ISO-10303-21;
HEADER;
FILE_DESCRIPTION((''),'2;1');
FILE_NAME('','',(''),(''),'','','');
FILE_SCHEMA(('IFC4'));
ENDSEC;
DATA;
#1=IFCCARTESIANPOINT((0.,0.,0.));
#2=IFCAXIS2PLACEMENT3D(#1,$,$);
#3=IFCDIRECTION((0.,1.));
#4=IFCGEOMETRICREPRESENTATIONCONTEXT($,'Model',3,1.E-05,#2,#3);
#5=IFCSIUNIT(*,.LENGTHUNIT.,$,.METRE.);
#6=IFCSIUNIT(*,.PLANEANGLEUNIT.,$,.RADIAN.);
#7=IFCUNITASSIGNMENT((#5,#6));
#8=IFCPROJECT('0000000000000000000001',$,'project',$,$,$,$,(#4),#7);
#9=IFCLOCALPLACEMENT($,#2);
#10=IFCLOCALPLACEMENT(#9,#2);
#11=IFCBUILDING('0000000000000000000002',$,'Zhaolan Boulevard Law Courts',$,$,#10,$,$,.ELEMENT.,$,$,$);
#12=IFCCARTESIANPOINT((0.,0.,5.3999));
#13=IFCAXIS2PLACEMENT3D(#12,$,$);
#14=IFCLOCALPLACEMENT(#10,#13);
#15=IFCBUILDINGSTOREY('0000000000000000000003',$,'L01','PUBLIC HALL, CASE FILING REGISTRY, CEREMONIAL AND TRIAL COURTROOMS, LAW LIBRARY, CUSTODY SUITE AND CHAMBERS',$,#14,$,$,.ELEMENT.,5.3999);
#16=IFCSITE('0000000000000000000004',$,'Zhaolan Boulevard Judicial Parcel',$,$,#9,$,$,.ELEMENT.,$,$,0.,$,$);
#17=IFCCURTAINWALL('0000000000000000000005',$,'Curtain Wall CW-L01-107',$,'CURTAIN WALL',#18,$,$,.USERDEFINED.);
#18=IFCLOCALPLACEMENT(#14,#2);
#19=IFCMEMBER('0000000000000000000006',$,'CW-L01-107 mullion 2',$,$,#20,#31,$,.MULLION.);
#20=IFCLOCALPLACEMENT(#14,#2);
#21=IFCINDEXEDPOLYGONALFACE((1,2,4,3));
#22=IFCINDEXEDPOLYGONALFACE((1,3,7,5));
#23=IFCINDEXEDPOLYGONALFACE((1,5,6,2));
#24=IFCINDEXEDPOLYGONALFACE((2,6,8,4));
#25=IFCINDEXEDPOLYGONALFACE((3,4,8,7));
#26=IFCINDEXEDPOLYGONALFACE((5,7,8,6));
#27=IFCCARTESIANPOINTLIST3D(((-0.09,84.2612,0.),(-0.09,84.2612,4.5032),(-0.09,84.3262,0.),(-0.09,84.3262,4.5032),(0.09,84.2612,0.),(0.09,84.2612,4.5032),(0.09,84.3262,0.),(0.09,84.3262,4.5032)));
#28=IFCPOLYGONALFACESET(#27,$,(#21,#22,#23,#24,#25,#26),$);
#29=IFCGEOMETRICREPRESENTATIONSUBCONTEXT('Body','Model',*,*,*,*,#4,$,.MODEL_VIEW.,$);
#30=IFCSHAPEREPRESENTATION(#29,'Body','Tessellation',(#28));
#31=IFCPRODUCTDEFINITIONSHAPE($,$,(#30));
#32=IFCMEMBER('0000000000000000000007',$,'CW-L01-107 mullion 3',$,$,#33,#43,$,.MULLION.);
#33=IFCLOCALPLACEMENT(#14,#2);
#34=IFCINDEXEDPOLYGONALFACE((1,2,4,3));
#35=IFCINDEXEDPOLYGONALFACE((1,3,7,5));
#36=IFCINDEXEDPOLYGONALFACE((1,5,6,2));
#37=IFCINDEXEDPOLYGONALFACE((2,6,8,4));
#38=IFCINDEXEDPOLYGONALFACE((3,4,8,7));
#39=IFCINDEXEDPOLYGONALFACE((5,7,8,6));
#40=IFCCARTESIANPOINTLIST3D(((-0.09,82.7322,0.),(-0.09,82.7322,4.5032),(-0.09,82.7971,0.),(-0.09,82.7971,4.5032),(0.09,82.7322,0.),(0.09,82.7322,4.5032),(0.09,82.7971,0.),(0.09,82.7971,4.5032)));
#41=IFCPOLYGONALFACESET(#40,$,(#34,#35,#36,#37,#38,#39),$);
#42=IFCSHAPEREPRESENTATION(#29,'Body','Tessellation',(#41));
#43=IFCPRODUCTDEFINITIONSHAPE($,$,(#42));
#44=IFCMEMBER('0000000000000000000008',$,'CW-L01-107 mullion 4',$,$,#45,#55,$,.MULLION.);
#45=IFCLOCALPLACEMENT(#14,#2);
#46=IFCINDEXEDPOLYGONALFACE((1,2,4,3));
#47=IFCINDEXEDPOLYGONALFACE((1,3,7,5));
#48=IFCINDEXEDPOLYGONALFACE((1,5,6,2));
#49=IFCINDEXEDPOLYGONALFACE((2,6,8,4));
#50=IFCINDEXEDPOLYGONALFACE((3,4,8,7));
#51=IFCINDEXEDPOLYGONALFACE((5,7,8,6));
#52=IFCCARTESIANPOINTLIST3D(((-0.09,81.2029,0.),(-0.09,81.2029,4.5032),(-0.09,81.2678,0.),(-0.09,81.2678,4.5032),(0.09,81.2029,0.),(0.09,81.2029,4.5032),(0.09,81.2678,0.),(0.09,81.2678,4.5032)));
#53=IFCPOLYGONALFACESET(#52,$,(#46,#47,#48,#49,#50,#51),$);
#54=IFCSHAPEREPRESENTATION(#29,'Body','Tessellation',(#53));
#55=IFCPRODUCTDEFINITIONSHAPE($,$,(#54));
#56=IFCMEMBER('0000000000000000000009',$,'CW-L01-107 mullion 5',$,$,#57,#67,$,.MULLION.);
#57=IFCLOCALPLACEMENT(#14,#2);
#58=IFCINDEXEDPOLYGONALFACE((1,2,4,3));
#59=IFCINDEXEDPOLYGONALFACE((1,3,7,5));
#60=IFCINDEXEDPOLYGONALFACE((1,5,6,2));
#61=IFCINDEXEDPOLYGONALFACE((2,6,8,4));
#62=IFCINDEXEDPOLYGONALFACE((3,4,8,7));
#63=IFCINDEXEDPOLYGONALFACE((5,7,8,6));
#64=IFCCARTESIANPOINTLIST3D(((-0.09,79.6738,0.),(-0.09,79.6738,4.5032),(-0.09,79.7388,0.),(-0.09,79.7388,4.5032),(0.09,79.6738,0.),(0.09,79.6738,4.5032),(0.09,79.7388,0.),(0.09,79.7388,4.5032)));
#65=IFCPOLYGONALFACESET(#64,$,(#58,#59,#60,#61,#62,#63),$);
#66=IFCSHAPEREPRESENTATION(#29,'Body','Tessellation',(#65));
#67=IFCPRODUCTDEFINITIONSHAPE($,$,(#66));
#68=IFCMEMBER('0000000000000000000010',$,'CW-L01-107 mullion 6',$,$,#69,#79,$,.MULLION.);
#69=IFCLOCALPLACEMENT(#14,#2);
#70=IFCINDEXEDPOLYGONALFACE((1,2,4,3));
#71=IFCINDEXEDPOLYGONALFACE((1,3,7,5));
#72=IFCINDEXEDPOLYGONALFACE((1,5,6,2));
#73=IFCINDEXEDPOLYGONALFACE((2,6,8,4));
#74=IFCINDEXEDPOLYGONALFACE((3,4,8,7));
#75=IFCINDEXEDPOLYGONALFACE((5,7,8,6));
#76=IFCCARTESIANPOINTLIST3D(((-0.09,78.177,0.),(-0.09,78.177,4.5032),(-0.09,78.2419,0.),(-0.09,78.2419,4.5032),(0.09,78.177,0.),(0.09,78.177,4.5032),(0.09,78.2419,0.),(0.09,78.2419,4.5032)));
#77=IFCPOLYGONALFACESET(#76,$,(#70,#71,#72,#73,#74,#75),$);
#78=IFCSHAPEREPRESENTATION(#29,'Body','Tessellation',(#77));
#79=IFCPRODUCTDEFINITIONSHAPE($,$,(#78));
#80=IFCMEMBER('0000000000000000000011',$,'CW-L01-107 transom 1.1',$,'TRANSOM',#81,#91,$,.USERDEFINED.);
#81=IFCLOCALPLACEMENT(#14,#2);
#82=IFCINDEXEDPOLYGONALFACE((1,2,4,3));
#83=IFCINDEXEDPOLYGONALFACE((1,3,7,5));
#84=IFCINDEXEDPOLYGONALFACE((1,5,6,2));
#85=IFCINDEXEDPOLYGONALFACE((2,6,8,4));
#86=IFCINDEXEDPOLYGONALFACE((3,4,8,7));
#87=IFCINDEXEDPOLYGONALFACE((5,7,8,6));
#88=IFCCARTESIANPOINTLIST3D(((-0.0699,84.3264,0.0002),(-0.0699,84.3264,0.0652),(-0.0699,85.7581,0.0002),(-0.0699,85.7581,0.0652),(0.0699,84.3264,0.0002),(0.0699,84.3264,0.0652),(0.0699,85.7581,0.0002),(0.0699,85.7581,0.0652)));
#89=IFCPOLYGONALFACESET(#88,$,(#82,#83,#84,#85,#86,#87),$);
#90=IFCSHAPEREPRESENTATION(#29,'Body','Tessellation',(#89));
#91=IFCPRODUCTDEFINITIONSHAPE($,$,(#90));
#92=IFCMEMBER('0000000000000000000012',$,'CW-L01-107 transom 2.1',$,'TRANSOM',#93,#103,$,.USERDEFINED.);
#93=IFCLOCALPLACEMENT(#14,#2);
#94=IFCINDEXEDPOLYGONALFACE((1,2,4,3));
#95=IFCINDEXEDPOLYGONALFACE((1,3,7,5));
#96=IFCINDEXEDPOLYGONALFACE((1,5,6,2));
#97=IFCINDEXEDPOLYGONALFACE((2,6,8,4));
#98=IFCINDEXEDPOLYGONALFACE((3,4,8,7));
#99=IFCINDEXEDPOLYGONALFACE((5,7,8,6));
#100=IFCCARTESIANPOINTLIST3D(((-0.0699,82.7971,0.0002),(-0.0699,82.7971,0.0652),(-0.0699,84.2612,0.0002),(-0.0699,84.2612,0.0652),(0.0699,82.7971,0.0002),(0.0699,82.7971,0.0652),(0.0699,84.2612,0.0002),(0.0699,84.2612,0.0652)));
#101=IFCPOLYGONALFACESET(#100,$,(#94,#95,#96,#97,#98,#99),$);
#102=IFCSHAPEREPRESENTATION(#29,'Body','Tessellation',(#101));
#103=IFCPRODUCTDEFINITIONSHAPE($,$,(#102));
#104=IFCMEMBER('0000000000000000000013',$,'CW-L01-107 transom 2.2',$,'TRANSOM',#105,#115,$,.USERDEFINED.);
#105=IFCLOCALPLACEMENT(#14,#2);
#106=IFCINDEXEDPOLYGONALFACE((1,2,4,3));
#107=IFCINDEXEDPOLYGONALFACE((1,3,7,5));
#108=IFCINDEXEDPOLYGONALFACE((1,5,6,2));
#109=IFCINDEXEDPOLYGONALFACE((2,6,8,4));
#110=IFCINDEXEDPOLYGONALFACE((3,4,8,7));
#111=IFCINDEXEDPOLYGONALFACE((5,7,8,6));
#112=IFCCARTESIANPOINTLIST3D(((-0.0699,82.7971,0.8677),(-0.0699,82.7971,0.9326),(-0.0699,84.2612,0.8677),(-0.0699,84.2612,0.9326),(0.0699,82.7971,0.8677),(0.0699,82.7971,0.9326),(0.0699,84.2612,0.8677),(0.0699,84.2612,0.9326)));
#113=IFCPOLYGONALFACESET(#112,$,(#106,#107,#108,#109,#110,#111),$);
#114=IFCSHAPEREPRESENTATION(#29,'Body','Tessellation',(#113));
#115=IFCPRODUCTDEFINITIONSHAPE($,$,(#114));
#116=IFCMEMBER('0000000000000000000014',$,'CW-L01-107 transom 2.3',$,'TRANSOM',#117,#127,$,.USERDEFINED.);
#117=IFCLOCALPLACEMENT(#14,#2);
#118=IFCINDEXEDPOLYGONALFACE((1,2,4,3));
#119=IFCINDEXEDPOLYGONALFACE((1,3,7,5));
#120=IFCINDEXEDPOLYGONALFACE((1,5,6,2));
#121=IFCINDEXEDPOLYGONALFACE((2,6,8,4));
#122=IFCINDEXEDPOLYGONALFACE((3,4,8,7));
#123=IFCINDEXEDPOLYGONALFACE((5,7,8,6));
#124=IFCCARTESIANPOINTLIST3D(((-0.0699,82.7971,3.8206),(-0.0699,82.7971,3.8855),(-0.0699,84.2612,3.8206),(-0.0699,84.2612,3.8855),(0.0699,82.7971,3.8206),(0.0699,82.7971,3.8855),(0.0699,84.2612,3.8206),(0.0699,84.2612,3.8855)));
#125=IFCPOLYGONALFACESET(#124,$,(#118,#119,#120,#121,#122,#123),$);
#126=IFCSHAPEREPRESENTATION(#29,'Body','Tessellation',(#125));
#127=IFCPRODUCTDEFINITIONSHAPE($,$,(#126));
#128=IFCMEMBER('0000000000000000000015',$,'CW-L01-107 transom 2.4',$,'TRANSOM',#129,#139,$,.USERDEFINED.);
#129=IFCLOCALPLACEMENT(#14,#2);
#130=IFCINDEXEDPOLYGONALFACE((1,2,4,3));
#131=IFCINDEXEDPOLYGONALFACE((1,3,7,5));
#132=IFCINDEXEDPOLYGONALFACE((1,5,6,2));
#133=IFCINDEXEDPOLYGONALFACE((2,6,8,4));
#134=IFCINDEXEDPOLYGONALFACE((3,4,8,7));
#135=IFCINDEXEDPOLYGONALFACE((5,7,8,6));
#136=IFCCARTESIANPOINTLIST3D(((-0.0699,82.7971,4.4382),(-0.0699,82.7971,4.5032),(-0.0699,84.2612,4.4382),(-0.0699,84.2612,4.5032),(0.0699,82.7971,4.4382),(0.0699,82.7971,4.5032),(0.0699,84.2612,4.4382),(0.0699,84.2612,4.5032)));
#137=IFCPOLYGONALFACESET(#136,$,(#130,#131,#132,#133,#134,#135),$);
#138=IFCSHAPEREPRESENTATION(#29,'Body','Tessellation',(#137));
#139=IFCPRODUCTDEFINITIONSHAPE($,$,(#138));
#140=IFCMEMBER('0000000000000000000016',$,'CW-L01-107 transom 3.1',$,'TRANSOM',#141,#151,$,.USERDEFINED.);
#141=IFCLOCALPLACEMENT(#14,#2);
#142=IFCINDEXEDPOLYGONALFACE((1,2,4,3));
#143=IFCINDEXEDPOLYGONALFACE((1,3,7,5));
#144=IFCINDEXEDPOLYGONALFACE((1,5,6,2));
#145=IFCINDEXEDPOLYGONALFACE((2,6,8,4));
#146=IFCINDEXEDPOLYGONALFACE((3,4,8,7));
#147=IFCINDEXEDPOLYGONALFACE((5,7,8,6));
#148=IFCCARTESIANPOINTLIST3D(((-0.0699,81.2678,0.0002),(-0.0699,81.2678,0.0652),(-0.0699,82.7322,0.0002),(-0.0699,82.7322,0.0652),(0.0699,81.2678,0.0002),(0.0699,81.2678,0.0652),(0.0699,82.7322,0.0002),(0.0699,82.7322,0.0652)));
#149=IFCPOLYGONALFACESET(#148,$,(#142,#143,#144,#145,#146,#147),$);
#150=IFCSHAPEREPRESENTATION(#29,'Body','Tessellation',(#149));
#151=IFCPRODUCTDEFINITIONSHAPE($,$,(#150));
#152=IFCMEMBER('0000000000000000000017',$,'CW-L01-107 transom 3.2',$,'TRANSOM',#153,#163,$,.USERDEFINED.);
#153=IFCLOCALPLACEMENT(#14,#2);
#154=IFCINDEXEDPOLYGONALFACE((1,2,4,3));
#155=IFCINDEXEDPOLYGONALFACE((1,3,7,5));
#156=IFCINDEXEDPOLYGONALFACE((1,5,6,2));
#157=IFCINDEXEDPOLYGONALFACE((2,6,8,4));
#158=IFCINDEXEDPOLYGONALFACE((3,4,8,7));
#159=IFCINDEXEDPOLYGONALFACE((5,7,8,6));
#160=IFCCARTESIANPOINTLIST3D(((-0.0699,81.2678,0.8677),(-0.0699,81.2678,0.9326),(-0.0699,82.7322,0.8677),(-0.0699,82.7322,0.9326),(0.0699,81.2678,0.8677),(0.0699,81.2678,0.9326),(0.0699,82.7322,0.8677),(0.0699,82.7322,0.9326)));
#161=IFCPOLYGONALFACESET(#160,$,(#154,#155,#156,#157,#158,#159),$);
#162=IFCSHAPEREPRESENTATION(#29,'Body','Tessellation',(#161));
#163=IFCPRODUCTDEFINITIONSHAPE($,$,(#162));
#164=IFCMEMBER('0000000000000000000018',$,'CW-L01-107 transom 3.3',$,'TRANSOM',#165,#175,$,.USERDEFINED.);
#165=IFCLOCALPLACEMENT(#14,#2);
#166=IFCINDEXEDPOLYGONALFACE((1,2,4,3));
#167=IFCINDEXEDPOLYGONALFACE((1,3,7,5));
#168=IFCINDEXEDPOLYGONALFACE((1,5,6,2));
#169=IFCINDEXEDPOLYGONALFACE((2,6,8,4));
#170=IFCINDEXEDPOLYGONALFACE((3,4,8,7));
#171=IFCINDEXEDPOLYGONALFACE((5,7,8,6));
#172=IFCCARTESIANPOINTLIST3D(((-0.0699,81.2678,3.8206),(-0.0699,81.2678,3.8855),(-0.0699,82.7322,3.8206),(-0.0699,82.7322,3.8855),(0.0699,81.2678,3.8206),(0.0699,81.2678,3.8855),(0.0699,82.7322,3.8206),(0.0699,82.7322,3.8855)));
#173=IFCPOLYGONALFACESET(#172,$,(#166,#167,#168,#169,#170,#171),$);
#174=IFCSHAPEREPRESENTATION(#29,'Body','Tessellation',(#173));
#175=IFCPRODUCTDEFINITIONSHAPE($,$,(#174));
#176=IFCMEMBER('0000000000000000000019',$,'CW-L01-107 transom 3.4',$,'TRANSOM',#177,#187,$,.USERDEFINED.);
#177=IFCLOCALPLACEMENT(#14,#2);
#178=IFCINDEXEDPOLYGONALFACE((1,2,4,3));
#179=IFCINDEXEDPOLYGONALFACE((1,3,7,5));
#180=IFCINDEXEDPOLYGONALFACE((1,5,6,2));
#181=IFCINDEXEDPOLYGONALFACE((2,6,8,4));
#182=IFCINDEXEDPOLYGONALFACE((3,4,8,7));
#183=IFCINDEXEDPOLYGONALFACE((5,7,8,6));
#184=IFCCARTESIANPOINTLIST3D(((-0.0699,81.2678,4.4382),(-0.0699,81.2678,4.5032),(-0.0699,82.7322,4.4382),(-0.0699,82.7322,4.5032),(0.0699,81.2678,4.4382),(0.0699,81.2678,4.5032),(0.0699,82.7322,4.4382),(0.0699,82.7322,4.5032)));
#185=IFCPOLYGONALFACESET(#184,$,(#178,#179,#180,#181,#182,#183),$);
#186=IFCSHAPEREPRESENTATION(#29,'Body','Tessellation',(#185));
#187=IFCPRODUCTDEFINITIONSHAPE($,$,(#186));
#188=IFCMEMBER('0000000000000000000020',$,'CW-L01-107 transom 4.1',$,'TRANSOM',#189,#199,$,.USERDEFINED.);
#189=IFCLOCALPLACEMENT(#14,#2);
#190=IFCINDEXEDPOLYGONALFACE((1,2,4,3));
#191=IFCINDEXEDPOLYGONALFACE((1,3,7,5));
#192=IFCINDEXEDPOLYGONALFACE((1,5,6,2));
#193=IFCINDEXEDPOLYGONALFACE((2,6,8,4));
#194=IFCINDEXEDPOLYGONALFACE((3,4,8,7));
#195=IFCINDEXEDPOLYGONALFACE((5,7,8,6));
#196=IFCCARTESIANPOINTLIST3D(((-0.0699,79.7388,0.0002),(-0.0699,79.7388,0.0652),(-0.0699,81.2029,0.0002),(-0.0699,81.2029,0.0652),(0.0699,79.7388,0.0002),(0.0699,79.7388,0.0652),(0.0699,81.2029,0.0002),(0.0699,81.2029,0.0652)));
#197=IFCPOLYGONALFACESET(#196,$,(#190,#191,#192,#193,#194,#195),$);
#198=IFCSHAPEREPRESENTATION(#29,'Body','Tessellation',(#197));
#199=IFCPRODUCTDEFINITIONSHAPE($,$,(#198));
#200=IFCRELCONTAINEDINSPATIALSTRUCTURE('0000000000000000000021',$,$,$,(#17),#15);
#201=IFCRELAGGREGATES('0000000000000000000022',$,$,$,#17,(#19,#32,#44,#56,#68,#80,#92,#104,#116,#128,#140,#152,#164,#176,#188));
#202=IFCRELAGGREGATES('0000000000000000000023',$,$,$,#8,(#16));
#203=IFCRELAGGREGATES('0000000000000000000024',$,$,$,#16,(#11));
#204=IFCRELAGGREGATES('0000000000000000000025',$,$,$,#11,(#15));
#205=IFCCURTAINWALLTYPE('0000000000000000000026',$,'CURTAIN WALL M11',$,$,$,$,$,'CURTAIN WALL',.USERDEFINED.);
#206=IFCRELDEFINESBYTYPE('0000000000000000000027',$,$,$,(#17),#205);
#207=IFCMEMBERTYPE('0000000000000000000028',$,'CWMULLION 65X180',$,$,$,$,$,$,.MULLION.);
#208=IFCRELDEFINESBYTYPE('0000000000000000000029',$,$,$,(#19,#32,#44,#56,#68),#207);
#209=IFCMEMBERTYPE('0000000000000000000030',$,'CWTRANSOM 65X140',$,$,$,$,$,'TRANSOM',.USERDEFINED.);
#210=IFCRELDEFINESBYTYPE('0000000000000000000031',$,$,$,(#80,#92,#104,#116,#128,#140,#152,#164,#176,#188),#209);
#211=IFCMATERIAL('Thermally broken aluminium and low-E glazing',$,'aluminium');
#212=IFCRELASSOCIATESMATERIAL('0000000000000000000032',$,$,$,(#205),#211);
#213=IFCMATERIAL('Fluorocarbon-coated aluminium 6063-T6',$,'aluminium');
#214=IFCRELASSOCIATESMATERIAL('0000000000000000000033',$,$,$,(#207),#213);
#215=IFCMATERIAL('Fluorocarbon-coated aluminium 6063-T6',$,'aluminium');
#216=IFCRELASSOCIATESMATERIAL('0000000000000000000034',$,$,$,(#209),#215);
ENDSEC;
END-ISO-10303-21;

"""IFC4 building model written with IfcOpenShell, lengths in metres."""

from ifc_helpers import new_model, si_unit, direction, frame, origin, origin_2d, place, context, subcontext, project, spatial, rectangle, extrude, material, material_profile, profile_set, type_object, element, aggregate, save


model = new_model("IFC4")

# Units and contexts
model_context = context("Model", 3, precision=1e-05, world=origin(), true_north=direction((0.0, 1.0)))
body_context = subcontext(model_context, "Body", "Model", "MODEL_VIEW")
ifc_project = project(units=[si_unit("LENGTHUNIT", "METRE"), si_unit("PLANEANGLEUNIT", "RADIAN")], contexts=[model_context])

# Site, building, storey
site_placement = place(None, origin())
site = spatial("IfcSite", under=ifc_project, at=site_placement, Name="Zhaolan Boulevard Judicial Parcel", CompositionType="ELEMENT", RefElevation=0.0)
building_placement = place(site_placement, origin())
building = spatial("IfcBuilding", under=site, at=building_placement, Name="Zhaolan Boulevard Law Courts", CompositionType="ELEMENT")
storey_placement = place(building_placement, frame((0.0, 0.0, 5.3999)))
storey = spatial("IfcBuildingStorey", under=building, at=storey_placement, Name="L01", Description="PUBLIC HALL, CASE FILING REGISTRY, CEREMONIAL AND TRIAL COURTROOMS, LAW LIBRARY, CUSTODY SUITE AND CHAMBERS", CompositionType="ELEMENT", Elevation=5.3999)

# Curtain wall, members
ifc_material_1 = material(Name="Thermally broken aluminium and low-E glazing", Category="aluminium")
curtain_wall_type = type_object("IfcCurtainWallType", Name="CURTAIN WALL M11", ElementType="CURTAIN WALL", PredefinedType="USERDEFINED", material=ifc_material_1)
curtain_wall_placement = place(storey_placement, origin())
curtain_wall = element("IfcCurtainWall", 1, at=curtain_wall_placement, inside=storey, type_object=curtain_wall_type, Name="Curtain Wall CW-L01-107", ObjectType="CURTAIN WALL", PredefinedType="USERDEFINED")
ifc_material_2 = material(Name="Fluorocarbon-coated aluminium 6063-T6", Category="aluminium")
ifc_material_profile_1 = material_profile(ifc_material_2, rectangle(XDim=0.1799, YDim=0.0649, at=origin_2d()), Name="AL65x180")
ifc_profile_set_1 = profile_set([ifc_material_profile_1], Name="Fluorocarbon-coated aluminium 6063-T6")
member_type_1 = type_object("IfcMemberType", Name="CWMULLION 65X180", PredefinedType="MULLION", material=ifc_profile_set_1)
member_1_placement = place(storey_placement, frame((0.0, 84.2937, 0.0), z_axis=(0.0, 0.0, 1.0), x_axis=(1.0, 0.0, 0.0)))
member_1 = element("IfcMember", 2, at=member_1_placement, type_object=member_type_1, Name="CW-L01-107 mullion 2", PredefinedType="MULLION", context=body_context, shape_type="SweptSolid", body=[
    extrude(rectangle(XDim=0.1799, YDim=0.0649, at=origin_2d()), origin(), (0.0, 0.0, 1.0), 4.5032),
])
member_2_placement = place(storey_placement, frame((0.0, 82.7646, 0.0), z_axis=(0.0, 0.0, 1.0), x_axis=(1.0, 0.0, 0.0)))
member_2 = element("IfcMember", 3, at=member_2_placement, type_object=member_type_1, Name="CW-L01-107 mullion 3", PredefinedType="MULLION", context=body_context, shape_type="SweptSolid", body=[
    extrude(rectangle(XDim=0.1799, YDim=0.0649, at=origin_2d()), origin(), (0.0, 0.0, 1.0), 4.5032),
])
member_3_placement = place(storey_placement, frame((0.0, 81.2354, 0.0), z_axis=(0.0, 0.0, 1.0), x_axis=(1.0, 0.0, 0.0)))
member_3 = element("IfcMember", 4, at=member_3_placement, type_object=member_type_1, Name="CW-L01-107 mullion 4", PredefinedType="MULLION", context=body_context, shape_type="SweptSolid", body=[
    extrude(rectangle(XDim=0.1799, YDim=0.0649, at=origin_2d()), origin(), (0.0, 0.0, 1.0), 4.5032),
])
member_4_placement = place(storey_placement, frame((0.0, 79.7063, 0.0), z_axis=(0.0, 0.0, 1.0), x_axis=(1.0, 0.0, 0.0)))
member_4 = element("IfcMember", 5, at=member_4_placement, type_object=member_type_1, Name="CW-L01-107 mullion 5", PredefinedType="MULLION", context=body_context, shape_type="SweptSolid", body=[
    extrude(rectangle(XDim=0.1799, YDim=0.0649, at=origin_2d()), origin(), (0.0, 0.0, 1.0), 4.5032),
])
member_5_placement = place(storey_placement, frame((0.0, 78.2095, 0.0), z_axis=(0.0, 0.0, 1.0), x_axis=(1.0, 0.0, 0.0)))
member_5 = element("IfcMember", 6, at=member_5_placement, type_object=member_type_1, Name="CW-L01-107 mullion 6", PredefinedType="MULLION", context=body_context, shape_type="SweptSolid", body=[
    extrude(rectangle(XDim=0.1799, YDim=0.0649, at=origin_2d()), origin(), (0.0, 0.0, 1.0), 4.5032),
])
ifc_material_3 = material(Name="Fluorocarbon-coated aluminium 6063-T6", Category="aluminium")
ifc_material_profile_2 = material_profile(ifc_material_3, rectangle(XDim=0.1399, YDim=0.0649, at=origin_2d()), Name="AL65x140")
ifc_profile_set_2 = profile_set([ifc_material_profile_2], Name="Fluorocarbon-coated aluminium 6063-T6")
member_type_2 = type_object("IfcMemberType", Name="CWTRANSOM 65X140", ElementType="TRANSOM", PredefinedType="USERDEFINED", material=ifc_profile_set_2)
member_6_placement = place(storey_placement, frame((0.0, 85.7581, 0.0327), z_axis=(0.0, -1.0, 0.0), x_axis=(1.0, 0.0, 0.0)))
member_6 = element("IfcMember", 7, at=member_6_placement, type_object=member_type_2, Name="CW-L01-107 transom 1.1", ObjectType="TRANSOM", PredefinedType="USERDEFINED", context=body_context, shape_type="SweptSolid", body=[
    extrude(rectangle(XDim=0.1399, YDim=0.0649, at=origin_2d()), origin(), (0.0, 0.0, 1.0), 1.4316),
])
member_7_placement = place(storey_placement, frame((0.0, 84.2612, 0.0327), z_axis=(0.0, -1.0, 0.0), x_axis=(1.0, 0.0, 0.0)))
member_7 = element("IfcMember", 8, at=member_7_placement, type_object=member_type_2, Name="CW-L01-107 transom 2.1", ObjectType="TRANSOM", PredefinedType="USERDEFINED", context=body_context, shape_type="SweptSolid", body=[
    extrude(rectangle(XDim=0.1399, YDim=0.0649, at=origin_2d()), origin(), (0.0, 0.0, 1.0), 1.4641),
])
member_8_placement = place(storey_placement, frame((0.0, 84.2612, 0.9001), z_axis=(0.0, -1.0, 0.0), x_axis=(1.0, 0.0, 0.0)))
member_8 = element("IfcMember", 9, at=member_8_placement, type_object=member_type_2, Name="CW-L01-107 transom 2.2", ObjectType="TRANSOM", PredefinedType="USERDEFINED", context=body_context, shape_type="SweptSolid", body=[
    extrude(rectangle(XDim=0.1399, YDim=0.0649, at=origin_2d()), origin(), (0.0, 0.0, 1.0), 1.4641),
])
member_9_placement = place(storey_placement, frame((0.0, 84.2612, 3.853), z_axis=(0.0, -1.0, 0.0), x_axis=(1.0, 0.0, 0.0)))
member_9 = element("IfcMember", 10, at=member_9_placement, type_object=member_type_2, Name="CW-L01-107 transom 2.3", ObjectType="TRANSOM", PredefinedType="USERDEFINED", context=body_context, shape_type="SweptSolid", body=[
    extrude(rectangle(XDim=0.1399, YDim=0.0649, at=origin_2d()), origin(), (0.0, 0.0, 1.0), 1.4641),
])
member_10_placement = place(storey_placement, frame((0.0, 84.2612, 4.4707), z_axis=(0.0, -1.0, 0.0), x_axis=(1.0, 0.0, 0.0)))
member_10 = element("IfcMember", 11, at=member_10_placement, type_object=member_type_2, Name="CW-L01-107 transom 2.4", ObjectType="TRANSOM", PredefinedType="USERDEFINED", context=body_context, shape_type="SweptSolid", body=[
    extrude(rectangle(XDim=0.1399, YDim=0.0649, at=origin_2d()), origin(), (0.0, 0.0, 1.0), 1.4641),
])
member_11_placement = place(storey_placement, frame((0.0, 82.7322, 0.0327), z_axis=(0.0, -1.0, 0.0), x_axis=(1.0, 0.0, 0.0)))
member_11 = element("IfcMember", 12, at=member_11_placement, type_object=member_type_2, Name="CW-L01-107 transom 3.1", ObjectType="TRANSOM", PredefinedType="USERDEFINED", context=body_context, shape_type="SweptSolid", body=[
    extrude(rectangle(XDim=0.1399, YDim=0.0649, at=origin_2d()), origin(), (0.0, 0.0, 1.0), 1.4644),
])
member_12_placement = place(storey_placement, frame((0.0, 82.7322, 0.9001), z_axis=(0.0, -1.0, 0.0), x_axis=(1.0, 0.0, 0.0)))
member_12 = element("IfcMember", 13, at=member_12_placement, type_object=member_type_2, Name="CW-L01-107 transom 3.2", ObjectType="TRANSOM", PredefinedType="USERDEFINED", context=body_context, shape_type="SweptSolid", body=[
    extrude(rectangle(XDim=0.1399, YDim=0.0649, at=origin_2d()), origin(), (0.0, 0.0, 1.0), 1.4644),
])
member_13_placement = place(storey_placement, frame((0.0, 82.7322, 3.853), z_axis=(0.0, -1.0, 0.0), x_axis=(1.0, 0.0, 0.0)))
member_13 = element("IfcMember", 14, at=member_13_placement, type_object=member_type_2, Name="CW-L01-107 transom 3.3", ObjectType="TRANSOM", PredefinedType="USERDEFINED", context=body_context, shape_type="SweptSolid", body=[
    extrude(rectangle(XDim=0.1399, YDim=0.0649, at=origin_2d()), origin(), (0.0, 0.0, 1.0), 1.4644),
])
member_14_placement = place(storey_placement, frame((0.0, 82.7322, 4.4707), z_axis=(0.0, -1.0, 0.0), x_axis=(1.0, 0.0, 0.0)))
member_14 = element("IfcMember", 15, at=member_14_placement, type_object=member_type_2, Name="CW-L01-107 transom 3.4", ObjectType="TRANSOM", PredefinedType="USERDEFINED", context=body_context, shape_type="SweptSolid", body=[
    extrude(rectangle(XDim=0.1399, YDim=0.0649, at=origin_2d()), origin(), (0.0, 0.0, 1.0), 1.4644),
])
member_15_placement = place(storey_placement, frame((0.0, 81.2029, 0.0327), z_axis=(0.0, -1.0, 0.0), x_axis=(1.0, 0.0, 0.0)))
member_15 = element("IfcMember", 16, at=member_15_placement, type_object=member_type_2, Name="CW-L01-107 transom 4.1", ObjectType="TRANSOM", PredefinedType="USERDEFINED", context=body_context, shape_type="SweptSolid", body=[
    extrude(rectangle(XDim=0.1399, YDim=0.0649, at=origin_2d()), origin(), (0.0, 0.0, 1.0), 1.4641),
])

aggregate(curtain_wall, [member_1, member_2, member_3, member_4, member_5, member_6, member_7, member_8, member_9, member_10, member_11, member_12, member_13, member_14, member_15])

save(model, "model.ifc")
